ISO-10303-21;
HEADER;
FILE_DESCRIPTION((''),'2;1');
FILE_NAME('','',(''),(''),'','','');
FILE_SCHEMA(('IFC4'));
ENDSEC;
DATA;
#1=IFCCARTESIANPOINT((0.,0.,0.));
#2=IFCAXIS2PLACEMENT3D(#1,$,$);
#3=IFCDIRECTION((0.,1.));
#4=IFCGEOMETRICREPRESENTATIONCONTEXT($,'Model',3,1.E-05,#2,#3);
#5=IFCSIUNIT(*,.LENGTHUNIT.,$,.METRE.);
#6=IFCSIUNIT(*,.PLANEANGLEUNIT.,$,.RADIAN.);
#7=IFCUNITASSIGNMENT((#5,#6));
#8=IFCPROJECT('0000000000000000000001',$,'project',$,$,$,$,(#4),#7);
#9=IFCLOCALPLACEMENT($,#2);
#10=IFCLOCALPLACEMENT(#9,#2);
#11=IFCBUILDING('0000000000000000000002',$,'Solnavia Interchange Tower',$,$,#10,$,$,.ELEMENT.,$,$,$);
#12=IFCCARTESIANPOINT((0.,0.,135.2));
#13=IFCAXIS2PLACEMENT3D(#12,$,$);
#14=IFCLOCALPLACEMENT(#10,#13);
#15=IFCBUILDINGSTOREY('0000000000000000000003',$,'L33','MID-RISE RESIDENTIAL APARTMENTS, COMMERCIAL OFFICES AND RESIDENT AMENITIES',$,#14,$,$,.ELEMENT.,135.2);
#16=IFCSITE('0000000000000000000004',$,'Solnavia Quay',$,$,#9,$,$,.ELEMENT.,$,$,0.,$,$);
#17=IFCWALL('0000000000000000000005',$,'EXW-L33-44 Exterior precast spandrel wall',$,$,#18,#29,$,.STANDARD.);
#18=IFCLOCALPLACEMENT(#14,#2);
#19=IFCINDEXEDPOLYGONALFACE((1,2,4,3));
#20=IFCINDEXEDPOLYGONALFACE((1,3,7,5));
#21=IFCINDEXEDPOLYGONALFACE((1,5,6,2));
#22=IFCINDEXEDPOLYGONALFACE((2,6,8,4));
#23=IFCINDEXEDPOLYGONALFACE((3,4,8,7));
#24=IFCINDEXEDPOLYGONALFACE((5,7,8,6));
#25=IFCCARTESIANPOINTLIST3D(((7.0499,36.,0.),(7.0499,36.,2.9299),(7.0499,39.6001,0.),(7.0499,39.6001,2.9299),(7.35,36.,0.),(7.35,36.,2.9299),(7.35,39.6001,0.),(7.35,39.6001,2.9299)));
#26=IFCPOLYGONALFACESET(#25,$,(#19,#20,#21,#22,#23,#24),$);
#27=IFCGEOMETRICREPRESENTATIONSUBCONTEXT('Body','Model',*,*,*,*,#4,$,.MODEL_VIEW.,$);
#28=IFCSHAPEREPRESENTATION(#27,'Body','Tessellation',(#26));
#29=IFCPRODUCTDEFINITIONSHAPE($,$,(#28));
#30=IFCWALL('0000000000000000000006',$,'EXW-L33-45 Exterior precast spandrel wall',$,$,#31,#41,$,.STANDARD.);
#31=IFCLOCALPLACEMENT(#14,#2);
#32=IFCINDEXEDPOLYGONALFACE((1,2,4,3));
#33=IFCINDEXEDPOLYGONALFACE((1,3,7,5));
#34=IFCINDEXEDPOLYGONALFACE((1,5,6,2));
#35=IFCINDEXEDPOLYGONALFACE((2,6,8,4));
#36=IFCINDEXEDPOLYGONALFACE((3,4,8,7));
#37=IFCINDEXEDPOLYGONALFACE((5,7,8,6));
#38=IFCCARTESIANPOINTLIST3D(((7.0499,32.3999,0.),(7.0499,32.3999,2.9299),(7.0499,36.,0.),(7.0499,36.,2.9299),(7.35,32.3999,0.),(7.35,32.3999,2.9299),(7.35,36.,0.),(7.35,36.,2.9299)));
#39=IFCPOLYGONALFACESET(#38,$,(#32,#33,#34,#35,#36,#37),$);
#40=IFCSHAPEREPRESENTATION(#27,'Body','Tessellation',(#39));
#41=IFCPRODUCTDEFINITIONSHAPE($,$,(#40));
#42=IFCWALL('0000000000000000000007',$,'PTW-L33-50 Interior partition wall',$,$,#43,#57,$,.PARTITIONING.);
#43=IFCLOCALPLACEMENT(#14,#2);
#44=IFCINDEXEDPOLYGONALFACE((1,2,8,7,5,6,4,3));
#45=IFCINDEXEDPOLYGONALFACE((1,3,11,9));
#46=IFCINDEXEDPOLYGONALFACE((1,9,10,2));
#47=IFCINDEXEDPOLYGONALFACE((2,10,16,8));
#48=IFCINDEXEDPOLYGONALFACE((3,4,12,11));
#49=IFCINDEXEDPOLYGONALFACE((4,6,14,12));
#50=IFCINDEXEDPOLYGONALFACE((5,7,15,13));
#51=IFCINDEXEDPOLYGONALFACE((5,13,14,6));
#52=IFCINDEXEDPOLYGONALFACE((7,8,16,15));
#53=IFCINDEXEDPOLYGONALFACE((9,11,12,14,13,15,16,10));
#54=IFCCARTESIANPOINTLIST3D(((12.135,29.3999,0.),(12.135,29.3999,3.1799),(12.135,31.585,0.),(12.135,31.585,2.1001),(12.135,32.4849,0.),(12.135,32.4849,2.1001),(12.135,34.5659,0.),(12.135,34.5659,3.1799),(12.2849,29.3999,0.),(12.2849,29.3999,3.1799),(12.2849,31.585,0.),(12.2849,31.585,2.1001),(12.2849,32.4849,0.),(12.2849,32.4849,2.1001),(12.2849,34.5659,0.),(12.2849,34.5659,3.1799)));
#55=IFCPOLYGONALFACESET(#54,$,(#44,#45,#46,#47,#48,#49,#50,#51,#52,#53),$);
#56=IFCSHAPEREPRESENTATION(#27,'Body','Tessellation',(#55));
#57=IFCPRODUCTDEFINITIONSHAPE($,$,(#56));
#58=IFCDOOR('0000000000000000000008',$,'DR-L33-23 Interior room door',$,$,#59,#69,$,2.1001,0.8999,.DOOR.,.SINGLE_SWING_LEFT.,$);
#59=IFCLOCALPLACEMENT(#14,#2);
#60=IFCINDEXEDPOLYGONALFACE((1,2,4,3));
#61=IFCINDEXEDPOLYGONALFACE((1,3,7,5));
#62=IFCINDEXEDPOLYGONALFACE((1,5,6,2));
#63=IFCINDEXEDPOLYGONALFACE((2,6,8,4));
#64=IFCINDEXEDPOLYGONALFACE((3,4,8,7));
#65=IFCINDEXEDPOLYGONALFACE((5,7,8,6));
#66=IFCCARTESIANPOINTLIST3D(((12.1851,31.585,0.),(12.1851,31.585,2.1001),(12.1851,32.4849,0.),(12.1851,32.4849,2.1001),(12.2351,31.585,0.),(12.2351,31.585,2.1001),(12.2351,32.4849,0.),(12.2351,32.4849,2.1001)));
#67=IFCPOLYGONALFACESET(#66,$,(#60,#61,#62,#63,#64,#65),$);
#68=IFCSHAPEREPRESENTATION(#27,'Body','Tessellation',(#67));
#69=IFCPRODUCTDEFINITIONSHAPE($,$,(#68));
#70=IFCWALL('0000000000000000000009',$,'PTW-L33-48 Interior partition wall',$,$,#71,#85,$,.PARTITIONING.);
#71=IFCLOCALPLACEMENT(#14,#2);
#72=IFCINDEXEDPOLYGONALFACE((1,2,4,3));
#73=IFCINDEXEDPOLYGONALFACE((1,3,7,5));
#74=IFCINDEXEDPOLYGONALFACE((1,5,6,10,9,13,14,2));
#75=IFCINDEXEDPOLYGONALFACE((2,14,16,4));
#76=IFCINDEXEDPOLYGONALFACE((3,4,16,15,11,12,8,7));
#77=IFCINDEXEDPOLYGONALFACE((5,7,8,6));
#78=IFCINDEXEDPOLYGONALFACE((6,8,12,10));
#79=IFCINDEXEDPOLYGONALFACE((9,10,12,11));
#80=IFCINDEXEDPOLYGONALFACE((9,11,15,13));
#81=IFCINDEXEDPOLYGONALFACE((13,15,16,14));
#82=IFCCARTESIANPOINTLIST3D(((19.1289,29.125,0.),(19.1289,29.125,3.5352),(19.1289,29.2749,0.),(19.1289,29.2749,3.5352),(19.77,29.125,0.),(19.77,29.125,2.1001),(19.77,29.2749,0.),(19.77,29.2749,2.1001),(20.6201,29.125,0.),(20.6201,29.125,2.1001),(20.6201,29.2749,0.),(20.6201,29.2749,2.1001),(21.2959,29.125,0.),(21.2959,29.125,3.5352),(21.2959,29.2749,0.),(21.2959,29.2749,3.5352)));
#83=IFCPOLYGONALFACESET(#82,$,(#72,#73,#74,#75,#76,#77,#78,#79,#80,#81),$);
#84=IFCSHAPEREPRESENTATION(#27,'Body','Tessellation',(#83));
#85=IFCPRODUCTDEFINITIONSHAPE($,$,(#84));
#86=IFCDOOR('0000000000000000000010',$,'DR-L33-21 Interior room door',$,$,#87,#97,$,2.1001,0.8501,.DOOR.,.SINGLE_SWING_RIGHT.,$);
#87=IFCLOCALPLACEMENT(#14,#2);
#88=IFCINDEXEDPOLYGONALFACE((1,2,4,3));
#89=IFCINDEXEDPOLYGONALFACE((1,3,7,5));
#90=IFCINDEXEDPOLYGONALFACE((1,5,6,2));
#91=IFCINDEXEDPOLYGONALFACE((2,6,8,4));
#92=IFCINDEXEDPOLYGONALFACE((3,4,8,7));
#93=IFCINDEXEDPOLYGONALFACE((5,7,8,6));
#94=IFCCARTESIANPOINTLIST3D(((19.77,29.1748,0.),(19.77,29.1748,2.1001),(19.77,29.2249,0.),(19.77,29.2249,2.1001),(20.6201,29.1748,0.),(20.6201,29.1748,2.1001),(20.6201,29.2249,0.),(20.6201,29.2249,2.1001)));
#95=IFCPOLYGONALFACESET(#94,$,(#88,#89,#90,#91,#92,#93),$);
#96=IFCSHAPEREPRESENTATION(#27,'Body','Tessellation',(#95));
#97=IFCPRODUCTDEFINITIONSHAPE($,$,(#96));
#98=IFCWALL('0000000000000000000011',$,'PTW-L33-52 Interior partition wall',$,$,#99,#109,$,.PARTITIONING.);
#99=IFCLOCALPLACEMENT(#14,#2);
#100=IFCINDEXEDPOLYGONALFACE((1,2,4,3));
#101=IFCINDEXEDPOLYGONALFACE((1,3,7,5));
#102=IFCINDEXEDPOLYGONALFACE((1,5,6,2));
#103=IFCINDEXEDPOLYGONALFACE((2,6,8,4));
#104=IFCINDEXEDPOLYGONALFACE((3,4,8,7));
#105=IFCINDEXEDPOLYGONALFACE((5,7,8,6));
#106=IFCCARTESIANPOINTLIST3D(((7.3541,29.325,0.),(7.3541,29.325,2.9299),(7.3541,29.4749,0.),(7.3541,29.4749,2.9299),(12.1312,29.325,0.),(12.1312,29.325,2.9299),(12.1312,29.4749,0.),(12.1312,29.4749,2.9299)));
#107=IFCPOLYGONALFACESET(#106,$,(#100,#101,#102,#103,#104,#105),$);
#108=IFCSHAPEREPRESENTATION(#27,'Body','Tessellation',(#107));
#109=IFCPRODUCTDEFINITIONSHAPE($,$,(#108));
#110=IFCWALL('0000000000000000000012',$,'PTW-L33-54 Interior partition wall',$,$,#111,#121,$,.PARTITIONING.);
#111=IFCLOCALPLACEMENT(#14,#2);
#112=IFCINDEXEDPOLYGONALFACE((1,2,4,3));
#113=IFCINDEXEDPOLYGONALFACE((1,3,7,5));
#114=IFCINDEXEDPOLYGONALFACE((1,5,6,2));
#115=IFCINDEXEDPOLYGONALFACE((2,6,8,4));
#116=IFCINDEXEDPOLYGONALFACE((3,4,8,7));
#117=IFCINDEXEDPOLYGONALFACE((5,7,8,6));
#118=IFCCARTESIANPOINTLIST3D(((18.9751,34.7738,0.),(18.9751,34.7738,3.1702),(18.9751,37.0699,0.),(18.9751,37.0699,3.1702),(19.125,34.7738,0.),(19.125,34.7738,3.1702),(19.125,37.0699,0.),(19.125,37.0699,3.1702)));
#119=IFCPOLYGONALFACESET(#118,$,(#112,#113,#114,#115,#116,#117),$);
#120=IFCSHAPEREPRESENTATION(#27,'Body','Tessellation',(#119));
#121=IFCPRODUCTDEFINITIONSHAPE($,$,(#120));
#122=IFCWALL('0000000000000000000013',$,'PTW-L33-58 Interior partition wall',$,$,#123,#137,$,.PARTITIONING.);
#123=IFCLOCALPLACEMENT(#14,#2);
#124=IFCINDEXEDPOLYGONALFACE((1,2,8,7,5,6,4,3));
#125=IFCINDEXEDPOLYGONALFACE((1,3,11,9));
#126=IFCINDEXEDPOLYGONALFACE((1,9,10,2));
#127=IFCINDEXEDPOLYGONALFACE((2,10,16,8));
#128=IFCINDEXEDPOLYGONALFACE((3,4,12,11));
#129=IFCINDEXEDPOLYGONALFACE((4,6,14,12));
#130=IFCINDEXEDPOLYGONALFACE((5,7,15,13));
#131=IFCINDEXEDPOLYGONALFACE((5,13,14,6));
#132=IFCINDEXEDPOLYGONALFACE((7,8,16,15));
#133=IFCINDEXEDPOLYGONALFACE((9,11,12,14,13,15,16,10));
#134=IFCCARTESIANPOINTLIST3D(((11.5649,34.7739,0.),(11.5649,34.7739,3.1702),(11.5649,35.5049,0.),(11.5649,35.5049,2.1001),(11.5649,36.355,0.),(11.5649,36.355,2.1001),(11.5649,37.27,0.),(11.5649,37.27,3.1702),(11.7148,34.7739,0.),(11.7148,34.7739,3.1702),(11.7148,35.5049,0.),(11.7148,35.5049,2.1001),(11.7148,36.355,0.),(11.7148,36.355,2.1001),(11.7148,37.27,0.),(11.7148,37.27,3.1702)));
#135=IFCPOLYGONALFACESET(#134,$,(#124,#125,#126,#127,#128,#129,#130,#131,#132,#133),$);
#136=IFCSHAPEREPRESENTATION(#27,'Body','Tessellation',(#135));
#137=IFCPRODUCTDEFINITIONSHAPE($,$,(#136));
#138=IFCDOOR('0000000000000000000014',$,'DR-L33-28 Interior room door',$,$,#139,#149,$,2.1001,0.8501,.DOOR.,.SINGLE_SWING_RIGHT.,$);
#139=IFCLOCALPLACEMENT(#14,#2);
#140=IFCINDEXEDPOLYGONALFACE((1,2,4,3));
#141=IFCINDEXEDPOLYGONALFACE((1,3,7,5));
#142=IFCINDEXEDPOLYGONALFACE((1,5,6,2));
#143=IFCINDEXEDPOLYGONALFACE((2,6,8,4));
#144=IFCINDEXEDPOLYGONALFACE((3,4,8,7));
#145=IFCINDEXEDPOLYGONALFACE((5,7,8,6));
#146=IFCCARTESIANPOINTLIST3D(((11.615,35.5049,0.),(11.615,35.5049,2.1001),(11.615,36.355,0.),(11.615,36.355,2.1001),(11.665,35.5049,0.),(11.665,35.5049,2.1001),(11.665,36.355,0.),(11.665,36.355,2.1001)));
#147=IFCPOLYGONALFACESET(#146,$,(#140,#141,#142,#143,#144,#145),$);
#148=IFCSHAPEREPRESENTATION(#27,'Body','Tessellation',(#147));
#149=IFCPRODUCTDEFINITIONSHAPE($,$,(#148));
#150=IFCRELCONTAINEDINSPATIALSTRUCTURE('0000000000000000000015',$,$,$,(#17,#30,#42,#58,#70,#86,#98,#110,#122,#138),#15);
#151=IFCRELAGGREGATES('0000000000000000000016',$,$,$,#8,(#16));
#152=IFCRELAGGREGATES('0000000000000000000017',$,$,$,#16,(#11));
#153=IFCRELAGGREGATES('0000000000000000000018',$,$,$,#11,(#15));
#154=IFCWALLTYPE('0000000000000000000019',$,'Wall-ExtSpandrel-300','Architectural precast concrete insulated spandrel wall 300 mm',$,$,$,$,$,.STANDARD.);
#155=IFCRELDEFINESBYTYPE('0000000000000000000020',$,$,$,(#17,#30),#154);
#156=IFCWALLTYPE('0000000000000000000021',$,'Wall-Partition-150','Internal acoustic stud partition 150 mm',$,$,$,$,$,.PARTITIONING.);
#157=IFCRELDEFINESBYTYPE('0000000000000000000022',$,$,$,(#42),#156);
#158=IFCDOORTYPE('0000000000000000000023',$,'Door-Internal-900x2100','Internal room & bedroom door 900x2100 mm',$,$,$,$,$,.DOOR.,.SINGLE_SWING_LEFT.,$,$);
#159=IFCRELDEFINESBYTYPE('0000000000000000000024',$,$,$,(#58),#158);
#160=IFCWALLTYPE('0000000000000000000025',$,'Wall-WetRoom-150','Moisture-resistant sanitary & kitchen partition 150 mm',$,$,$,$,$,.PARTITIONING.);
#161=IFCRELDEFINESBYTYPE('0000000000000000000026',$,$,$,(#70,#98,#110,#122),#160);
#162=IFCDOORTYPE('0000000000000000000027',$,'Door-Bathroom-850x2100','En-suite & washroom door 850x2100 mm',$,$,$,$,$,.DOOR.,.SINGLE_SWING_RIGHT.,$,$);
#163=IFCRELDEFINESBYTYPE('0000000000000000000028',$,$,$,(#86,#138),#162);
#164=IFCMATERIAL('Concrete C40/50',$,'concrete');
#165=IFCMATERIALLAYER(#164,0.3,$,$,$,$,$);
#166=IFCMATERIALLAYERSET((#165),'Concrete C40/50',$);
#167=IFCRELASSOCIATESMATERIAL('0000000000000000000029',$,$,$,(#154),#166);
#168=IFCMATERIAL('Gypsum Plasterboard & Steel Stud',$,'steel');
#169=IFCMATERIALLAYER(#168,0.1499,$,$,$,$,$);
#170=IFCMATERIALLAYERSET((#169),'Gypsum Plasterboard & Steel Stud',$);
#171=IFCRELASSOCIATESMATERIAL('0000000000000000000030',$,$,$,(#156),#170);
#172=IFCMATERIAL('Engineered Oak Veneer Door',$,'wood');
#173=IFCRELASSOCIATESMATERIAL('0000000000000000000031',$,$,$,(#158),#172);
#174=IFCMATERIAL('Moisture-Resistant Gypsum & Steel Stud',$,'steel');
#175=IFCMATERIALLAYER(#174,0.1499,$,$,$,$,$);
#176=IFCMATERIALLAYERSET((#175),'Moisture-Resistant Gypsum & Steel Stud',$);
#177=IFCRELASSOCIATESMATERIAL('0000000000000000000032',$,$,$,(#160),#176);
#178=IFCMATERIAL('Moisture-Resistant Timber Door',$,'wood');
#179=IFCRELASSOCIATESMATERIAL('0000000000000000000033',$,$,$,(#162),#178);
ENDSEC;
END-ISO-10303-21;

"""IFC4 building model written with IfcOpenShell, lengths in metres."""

from ifc_helpers import new_model, si_unit, direction, frame, frame_2d, origin, place, context, subcontext, project, spatial, rectangle, extrude, material, layer, layer_set, type_object, element, fill, save


model = new_model("IFC4")

# Units and contexts
model_context = context("Model", 3, precision=1e-05, world=origin(), true_north=direction((0.0, 1.0)))
body_context = subcontext(model_context, "Body", "Model", "MODEL_VIEW")
ifc_project = project(units=[si_unit("LENGTHUNIT", "METRE"), si_unit("PLANEANGLEUNIT", "RADIAN")], contexts=[model_context])

# Site, building, storey
site_placement = place(None, origin())
site = spatial("IfcSite", under=ifc_project, at=site_placement, Name="Solnavia Quay", CompositionType="ELEMENT", RefElevation=0.0)
building_placement = place(site_placement, origin())
building = spatial("IfcBuilding", under=site, at=building_placement, Name="Solnavia Interchange Tower", CompositionType="ELEMENT")
storey_placement = place(building_placement, frame((0.0, 0.0, 135.2)))
storey = spatial("IfcBuildingStorey", under=building, at=storey_placement, Name="L33", Description="MID-RISE RESIDENTIAL APARTMENTS, COMMERCIAL OFFICES AND RESIDENT AMENITIES", CompositionType="ELEMENT", Elevation=135.2)

# Walls
ifc_material_1 = material(Name="Concrete C40/50", Category="concrete")
ifc_layer_1 = layer(ifc_material_1, 0.3)
ifc_layer_set_1 = layer_set([ifc_layer_1], Name="Concrete C40/50")
wall_type_1 = type_object("IfcWallType", Name="Wall-ExtSpandrel-300", Description="Architectural precast concrete insulated spandrel wall 300 mm", PredefinedType="STANDARD", material=ifc_layer_set_1)
for number, where, z_axis, x_axis, name in (
    (1, (7.2, 36.0, 0.0), (0.0, 0.0, 1.0), (0.0, 1.0, 0.0), "EXW-L33-44 Exterior precast spandrel wall"),
    (2, (7.2, 32.3999, 0.0), (0.0, 0.0, 1.0), (0.0, 1.0, 0.0), "EXW-L33-45 Exterior precast spandrel wall"),
):
    element("IfcWall", number, at=place(storey_placement, frame(where, z_axis=z_axis, x_axis=x_axis)), inside=storey, type_object=wall_type_1, Name=name, PredefinedType="STANDARD", context=body_context, shape_type="SweptSolid", body=[
        extrude(rectangle(XDim=3.6001, YDim=0.3, at=frame_2d((1.8, 0.0))), origin(), (0.0, 0.0, 1.0), 2.9299),
    ])

# Walls, openings, doors
ifc_material_2 = material(Name="Gypsum Plasterboard & Steel Stud", Category="steel")
ifc_layer_2 = layer(ifc_material_2, 0.1499)
ifc_layer_set_2 = layer_set([ifc_layer_2], Name="Gypsum Plasterboard & Steel Stud")
wall_type_2 = type_object("IfcWallType", Name="Wall-Partition-150", Description="Internal acoustic stud partition 150 mm", PredefinedType="PARTITIONING", material=ifc_layer_set_2)
wall_1_placement = place(storey_placement, frame((12.21, 29.3999, 0.0), z_axis=(0.0, 0.0, 1.0), x_axis=(0.0, 1.0, 0.0)))
wall_1 = element("IfcWall", 3, at=wall_1_placement, inside=storey, type_object=wall_type_2, Name="PTW-L33-50 Interior partition wall", PredefinedType="PARTITIONING", context=body_context, shape_type="SweptSolid", body=[
    extrude(rectangle(XDim=5.166, YDim=0.1499, at=frame_2d((2.583, 0.0))), origin(), (0.0, 0.0, 1.0), 3.1799),
])
opening_1_placement = place(wall_1_placement, frame((2.1851, 0.0, 0.0)))
opening_1 = element("IfcOpeningElement", 4, at=opening_1_placement, cuts=wall_1, PredefinedType="OPENING", context=body_context, shape_type="SweptSolid", body=[
    extrude(rectangle(XDim=0.8999, YDim=2.1001, at=frame_2d((0.45, 1.05))), frame((0.0, 0.085, 0.0), z_axis=(0.0, -1.0, 0.0), x_axis=(1.0, 0.0, 0.0)), (0.0, 0.0, 1.0), 0.1699),
])
ifc_material_3 = material(Name="Engineered Oak Veneer Door", Category="wood")
door_type_1 = type_object("IfcDoorType", Name="Door-Internal-900x2100", Description="Internal room & bedroom door 900x2100 mm", OperationType="SINGLE_SWING_LEFT", PredefinedType="DOOR", material=ifc_material_3)
door_1_placement = place(opening_1_placement, origin())
door_1 = element("IfcDoor", 5, at=door_1_placement, inside=storey, type_object=door_type_1, Name="DR-L33-23 Interior room door", OperationType="SINGLE_SWING_LEFT", OverallHeight=2.1001, OverallWidth=0.8999, PredefinedType="DOOR", context=body_context, shape_type="SweptSolid", body=[
    extrude(rectangle(XDim=0.8999, YDim=2.1001, at=frame_2d((0.45, 1.05))), frame((0.0, 0.0249, 0.0), z_axis=(0.0, -1.0, 0.0), x_axis=(1.0, 0.0, 0.0)), (0.0, 0.0, 1.0), 0.05),
])
fill(opening_1, door_1)
ifc_material_4 = material(Name="Moisture-Resistant Gypsum & Steel Stud", Category="steel")
ifc_layer_3 = layer(ifc_material_4, 0.1499)
ifc_layer_set_3 = layer_set([ifc_layer_3], Name="Moisture-Resistant Gypsum & Steel Stud")
wall_type_3 = type_object("IfcWallType", Name="Wall-WetRoom-150", Description="Moisture-resistant sanitary & kitchen partition 150 mm", PredefinedType="PARTITIONING", material=ifc_layer_set_3)
wall_2_placement = place(storey_placement, frame((19.1289, 29.2, 0.0), z_axis=(0.0, 0.0, 1.0), x_axis=(1.0, 0.0, 0.0)))
wall_2 = element("IfcWall", 6, at=wall_2_placement, inside=storey, type_object=wall_type_3, Name="PTW-L33-48 Interior partition wall", PredefinedType="PARTITIONING", context=body_context, shape_type="SweptSolid", body=[
    extrude(rectangle(XDim=2.167, YDim=0.1499, at=frame_2d((1.0835, 0.0))), origin(), (0.0, 0.0, 1.0), 3.5352),
])
opening_2_placement = place(wall_2_placement, frame((0.6411, 0.0, 0.0)))
opening_2 = element("IfcOpeningElement", 7, at=opening_2_placement, cuts=wall_2, PredefinedType="OPENING", context=body_context, shape_type="SweptSolid", body=[
    extrude(rectangle(XDim=0.8501, YDim=2.1001, at=frame_2d((0.425, 1.05))), frame((0.0, 0.085, 0.0), z_axis=(0.0, -1.0, 0.0), x_axis=(1.0, 0.0, 0.0)), (0.0, 0.0, 1.0), 0.1699),
])
ifc_material_5 = material(Name="Moisture-Resistant Timber Door", Category="wood")
door_type_2 = type_object("IfcDoorType", Name="Door-Bathroom-850x2100", Description="En-suite & washroom door 850x2100 mm", OperationType="SINGLE_SWING_RIGHT", PredefinedType="DOOR", material=ifc_material_5)
door_2_placement = place(opening_2_placement, origin())
door_2 = element("IfcDoor", 8, at=door_2_placement, inside=storey, type_object=door_type_2, Name="DR-L33-21 Interior room door", OperationType="SINGLE_SWING_RIGHT", OverallHeight=2.1001, OverallWidth=0.8501, PredefinedType="DOOR", context=body_context, shape_type="SweptSolid", body=[
    extrude(rectangle(XDim=0.8501, YDim=2.1001, at=frame_2d((0.425, 1.05))), frame((0.0, 0.0249, 0.0), z_axis=(0.0, -1.0, 0.0), x_axis=(1.0, 0.0, 0.0)), (0.0, 0.0, 1.0), 0.05),
])
fill(opening_2, door_2)

# Walls
wall_3_placement = place(storey_placement, frame((7.354, 29.3999, 0.0), z_axis=(0.0, 0.0, 1.0), x_axis=(1.0, 0.0, 0.0)))
element("IfcWall", 9, at=wall_3_placement, inside=storey, type_object=wall_type_3, Name="PTW-L33-52 Interior partition wall", PredefinedType="PARTITIONING", context=body_context, shape_type="SweptSolid", body=[
    extrude(rectangle(XDim=4.7771, YDim=0.1499, at=frame_2d((2.3887, 0.0))), origin(), (0.0, 0.0, 1.0), 2.9299),
])
wall_4_placement = place(storey_placement, frame((19.05, 34.7739, 0.0), z_axis=(0.0, 0.0, 1.0), x_axis=(0.0, 1.0, 0.0)))
element("IfcWall", 10, at=wall_4_placement, inside=storey, type_object=wall_type_3, Name="PTW-L33-54 Interior partition wall", PredefinedType="PARTITIONING", context=body_context, shape_type="SweptSolid", body=[
    extrude(rectangle(XDim=2.2961, YDim=0.1499, at=frame_2d((1.1479, 0.0))), origin(), (0.0, 0.0, 1.0), 3.1702),
])

# Wall, opening, door
wall_5_placement = place(storey_placement, frame((11.6399, 34.7739, 0.0), z_axis=(0.0, 0.0, 1.0), x_axis=(0.0, 1.0, 0.0)))
wall_5 = element("IfcWall", 11, at=wall_5_placement, inside=storey, type_object=wall_type_3, Name="PTW-L33-58 Interior partition wall", PredefinedType="PARTITIONING", context=body_context, shape_type="SweptSolid", body=[
    extrude(rectangle(XDim=2.4961, YDim=0.1499, at=frame_2d((1.248, 0.0))), origin(), (0.0, 0.0, 1.0), 3.1702),
])
opening_3_placement = place(wall_5_placement, frame((0.731, 0.0, 0.0)))
opening_3 = element("IfcOpeningElement", 12, at=opening_3_placement, cuts=wall_5, PredefinedType="OPENING", context=body_context, shape_type="SweptSolid", body=[
    extrude(rectangle(XDim=0.8501, YDim=2.1001, at=frame_2d((0.425, 1.05))), frame((0.0, 0.085, 0.0), z_axis=(0.0, -1.0, 0.0), x_axis=(1.0, 0.0, 0.0)), (0.0, 0.0, 1.0), 0.1699),
])
door_3_placement = place(opening_3_placement, origin())
door_3 = element("IfcDoor", 13, at=door_3_placement, inside=storey, type_object=door_type_2, Name="DR-L33-28 Interior room door", OperationType="SINGLE_SWING_RIGHT", OverallHeight=2.1001, OverallWidth=0.8501, PredefinedType="DOOR", context=body_context, shape_type="SweptSolid", body=[
    extrude(rectangle(XDim=0.8501, YDim=2.1001, at=frame_2d((0.425, 1.05))), frame((0.0, 0.0249, 0.0), z_axis=(0.0, -1.0, 0.0), x_axis=(1.0, 0.0, 0.0)), (0.0, 0.0, 1.0), 0.05),
])
fill(opening_3, door_3)

save(model, "model.ifc")
